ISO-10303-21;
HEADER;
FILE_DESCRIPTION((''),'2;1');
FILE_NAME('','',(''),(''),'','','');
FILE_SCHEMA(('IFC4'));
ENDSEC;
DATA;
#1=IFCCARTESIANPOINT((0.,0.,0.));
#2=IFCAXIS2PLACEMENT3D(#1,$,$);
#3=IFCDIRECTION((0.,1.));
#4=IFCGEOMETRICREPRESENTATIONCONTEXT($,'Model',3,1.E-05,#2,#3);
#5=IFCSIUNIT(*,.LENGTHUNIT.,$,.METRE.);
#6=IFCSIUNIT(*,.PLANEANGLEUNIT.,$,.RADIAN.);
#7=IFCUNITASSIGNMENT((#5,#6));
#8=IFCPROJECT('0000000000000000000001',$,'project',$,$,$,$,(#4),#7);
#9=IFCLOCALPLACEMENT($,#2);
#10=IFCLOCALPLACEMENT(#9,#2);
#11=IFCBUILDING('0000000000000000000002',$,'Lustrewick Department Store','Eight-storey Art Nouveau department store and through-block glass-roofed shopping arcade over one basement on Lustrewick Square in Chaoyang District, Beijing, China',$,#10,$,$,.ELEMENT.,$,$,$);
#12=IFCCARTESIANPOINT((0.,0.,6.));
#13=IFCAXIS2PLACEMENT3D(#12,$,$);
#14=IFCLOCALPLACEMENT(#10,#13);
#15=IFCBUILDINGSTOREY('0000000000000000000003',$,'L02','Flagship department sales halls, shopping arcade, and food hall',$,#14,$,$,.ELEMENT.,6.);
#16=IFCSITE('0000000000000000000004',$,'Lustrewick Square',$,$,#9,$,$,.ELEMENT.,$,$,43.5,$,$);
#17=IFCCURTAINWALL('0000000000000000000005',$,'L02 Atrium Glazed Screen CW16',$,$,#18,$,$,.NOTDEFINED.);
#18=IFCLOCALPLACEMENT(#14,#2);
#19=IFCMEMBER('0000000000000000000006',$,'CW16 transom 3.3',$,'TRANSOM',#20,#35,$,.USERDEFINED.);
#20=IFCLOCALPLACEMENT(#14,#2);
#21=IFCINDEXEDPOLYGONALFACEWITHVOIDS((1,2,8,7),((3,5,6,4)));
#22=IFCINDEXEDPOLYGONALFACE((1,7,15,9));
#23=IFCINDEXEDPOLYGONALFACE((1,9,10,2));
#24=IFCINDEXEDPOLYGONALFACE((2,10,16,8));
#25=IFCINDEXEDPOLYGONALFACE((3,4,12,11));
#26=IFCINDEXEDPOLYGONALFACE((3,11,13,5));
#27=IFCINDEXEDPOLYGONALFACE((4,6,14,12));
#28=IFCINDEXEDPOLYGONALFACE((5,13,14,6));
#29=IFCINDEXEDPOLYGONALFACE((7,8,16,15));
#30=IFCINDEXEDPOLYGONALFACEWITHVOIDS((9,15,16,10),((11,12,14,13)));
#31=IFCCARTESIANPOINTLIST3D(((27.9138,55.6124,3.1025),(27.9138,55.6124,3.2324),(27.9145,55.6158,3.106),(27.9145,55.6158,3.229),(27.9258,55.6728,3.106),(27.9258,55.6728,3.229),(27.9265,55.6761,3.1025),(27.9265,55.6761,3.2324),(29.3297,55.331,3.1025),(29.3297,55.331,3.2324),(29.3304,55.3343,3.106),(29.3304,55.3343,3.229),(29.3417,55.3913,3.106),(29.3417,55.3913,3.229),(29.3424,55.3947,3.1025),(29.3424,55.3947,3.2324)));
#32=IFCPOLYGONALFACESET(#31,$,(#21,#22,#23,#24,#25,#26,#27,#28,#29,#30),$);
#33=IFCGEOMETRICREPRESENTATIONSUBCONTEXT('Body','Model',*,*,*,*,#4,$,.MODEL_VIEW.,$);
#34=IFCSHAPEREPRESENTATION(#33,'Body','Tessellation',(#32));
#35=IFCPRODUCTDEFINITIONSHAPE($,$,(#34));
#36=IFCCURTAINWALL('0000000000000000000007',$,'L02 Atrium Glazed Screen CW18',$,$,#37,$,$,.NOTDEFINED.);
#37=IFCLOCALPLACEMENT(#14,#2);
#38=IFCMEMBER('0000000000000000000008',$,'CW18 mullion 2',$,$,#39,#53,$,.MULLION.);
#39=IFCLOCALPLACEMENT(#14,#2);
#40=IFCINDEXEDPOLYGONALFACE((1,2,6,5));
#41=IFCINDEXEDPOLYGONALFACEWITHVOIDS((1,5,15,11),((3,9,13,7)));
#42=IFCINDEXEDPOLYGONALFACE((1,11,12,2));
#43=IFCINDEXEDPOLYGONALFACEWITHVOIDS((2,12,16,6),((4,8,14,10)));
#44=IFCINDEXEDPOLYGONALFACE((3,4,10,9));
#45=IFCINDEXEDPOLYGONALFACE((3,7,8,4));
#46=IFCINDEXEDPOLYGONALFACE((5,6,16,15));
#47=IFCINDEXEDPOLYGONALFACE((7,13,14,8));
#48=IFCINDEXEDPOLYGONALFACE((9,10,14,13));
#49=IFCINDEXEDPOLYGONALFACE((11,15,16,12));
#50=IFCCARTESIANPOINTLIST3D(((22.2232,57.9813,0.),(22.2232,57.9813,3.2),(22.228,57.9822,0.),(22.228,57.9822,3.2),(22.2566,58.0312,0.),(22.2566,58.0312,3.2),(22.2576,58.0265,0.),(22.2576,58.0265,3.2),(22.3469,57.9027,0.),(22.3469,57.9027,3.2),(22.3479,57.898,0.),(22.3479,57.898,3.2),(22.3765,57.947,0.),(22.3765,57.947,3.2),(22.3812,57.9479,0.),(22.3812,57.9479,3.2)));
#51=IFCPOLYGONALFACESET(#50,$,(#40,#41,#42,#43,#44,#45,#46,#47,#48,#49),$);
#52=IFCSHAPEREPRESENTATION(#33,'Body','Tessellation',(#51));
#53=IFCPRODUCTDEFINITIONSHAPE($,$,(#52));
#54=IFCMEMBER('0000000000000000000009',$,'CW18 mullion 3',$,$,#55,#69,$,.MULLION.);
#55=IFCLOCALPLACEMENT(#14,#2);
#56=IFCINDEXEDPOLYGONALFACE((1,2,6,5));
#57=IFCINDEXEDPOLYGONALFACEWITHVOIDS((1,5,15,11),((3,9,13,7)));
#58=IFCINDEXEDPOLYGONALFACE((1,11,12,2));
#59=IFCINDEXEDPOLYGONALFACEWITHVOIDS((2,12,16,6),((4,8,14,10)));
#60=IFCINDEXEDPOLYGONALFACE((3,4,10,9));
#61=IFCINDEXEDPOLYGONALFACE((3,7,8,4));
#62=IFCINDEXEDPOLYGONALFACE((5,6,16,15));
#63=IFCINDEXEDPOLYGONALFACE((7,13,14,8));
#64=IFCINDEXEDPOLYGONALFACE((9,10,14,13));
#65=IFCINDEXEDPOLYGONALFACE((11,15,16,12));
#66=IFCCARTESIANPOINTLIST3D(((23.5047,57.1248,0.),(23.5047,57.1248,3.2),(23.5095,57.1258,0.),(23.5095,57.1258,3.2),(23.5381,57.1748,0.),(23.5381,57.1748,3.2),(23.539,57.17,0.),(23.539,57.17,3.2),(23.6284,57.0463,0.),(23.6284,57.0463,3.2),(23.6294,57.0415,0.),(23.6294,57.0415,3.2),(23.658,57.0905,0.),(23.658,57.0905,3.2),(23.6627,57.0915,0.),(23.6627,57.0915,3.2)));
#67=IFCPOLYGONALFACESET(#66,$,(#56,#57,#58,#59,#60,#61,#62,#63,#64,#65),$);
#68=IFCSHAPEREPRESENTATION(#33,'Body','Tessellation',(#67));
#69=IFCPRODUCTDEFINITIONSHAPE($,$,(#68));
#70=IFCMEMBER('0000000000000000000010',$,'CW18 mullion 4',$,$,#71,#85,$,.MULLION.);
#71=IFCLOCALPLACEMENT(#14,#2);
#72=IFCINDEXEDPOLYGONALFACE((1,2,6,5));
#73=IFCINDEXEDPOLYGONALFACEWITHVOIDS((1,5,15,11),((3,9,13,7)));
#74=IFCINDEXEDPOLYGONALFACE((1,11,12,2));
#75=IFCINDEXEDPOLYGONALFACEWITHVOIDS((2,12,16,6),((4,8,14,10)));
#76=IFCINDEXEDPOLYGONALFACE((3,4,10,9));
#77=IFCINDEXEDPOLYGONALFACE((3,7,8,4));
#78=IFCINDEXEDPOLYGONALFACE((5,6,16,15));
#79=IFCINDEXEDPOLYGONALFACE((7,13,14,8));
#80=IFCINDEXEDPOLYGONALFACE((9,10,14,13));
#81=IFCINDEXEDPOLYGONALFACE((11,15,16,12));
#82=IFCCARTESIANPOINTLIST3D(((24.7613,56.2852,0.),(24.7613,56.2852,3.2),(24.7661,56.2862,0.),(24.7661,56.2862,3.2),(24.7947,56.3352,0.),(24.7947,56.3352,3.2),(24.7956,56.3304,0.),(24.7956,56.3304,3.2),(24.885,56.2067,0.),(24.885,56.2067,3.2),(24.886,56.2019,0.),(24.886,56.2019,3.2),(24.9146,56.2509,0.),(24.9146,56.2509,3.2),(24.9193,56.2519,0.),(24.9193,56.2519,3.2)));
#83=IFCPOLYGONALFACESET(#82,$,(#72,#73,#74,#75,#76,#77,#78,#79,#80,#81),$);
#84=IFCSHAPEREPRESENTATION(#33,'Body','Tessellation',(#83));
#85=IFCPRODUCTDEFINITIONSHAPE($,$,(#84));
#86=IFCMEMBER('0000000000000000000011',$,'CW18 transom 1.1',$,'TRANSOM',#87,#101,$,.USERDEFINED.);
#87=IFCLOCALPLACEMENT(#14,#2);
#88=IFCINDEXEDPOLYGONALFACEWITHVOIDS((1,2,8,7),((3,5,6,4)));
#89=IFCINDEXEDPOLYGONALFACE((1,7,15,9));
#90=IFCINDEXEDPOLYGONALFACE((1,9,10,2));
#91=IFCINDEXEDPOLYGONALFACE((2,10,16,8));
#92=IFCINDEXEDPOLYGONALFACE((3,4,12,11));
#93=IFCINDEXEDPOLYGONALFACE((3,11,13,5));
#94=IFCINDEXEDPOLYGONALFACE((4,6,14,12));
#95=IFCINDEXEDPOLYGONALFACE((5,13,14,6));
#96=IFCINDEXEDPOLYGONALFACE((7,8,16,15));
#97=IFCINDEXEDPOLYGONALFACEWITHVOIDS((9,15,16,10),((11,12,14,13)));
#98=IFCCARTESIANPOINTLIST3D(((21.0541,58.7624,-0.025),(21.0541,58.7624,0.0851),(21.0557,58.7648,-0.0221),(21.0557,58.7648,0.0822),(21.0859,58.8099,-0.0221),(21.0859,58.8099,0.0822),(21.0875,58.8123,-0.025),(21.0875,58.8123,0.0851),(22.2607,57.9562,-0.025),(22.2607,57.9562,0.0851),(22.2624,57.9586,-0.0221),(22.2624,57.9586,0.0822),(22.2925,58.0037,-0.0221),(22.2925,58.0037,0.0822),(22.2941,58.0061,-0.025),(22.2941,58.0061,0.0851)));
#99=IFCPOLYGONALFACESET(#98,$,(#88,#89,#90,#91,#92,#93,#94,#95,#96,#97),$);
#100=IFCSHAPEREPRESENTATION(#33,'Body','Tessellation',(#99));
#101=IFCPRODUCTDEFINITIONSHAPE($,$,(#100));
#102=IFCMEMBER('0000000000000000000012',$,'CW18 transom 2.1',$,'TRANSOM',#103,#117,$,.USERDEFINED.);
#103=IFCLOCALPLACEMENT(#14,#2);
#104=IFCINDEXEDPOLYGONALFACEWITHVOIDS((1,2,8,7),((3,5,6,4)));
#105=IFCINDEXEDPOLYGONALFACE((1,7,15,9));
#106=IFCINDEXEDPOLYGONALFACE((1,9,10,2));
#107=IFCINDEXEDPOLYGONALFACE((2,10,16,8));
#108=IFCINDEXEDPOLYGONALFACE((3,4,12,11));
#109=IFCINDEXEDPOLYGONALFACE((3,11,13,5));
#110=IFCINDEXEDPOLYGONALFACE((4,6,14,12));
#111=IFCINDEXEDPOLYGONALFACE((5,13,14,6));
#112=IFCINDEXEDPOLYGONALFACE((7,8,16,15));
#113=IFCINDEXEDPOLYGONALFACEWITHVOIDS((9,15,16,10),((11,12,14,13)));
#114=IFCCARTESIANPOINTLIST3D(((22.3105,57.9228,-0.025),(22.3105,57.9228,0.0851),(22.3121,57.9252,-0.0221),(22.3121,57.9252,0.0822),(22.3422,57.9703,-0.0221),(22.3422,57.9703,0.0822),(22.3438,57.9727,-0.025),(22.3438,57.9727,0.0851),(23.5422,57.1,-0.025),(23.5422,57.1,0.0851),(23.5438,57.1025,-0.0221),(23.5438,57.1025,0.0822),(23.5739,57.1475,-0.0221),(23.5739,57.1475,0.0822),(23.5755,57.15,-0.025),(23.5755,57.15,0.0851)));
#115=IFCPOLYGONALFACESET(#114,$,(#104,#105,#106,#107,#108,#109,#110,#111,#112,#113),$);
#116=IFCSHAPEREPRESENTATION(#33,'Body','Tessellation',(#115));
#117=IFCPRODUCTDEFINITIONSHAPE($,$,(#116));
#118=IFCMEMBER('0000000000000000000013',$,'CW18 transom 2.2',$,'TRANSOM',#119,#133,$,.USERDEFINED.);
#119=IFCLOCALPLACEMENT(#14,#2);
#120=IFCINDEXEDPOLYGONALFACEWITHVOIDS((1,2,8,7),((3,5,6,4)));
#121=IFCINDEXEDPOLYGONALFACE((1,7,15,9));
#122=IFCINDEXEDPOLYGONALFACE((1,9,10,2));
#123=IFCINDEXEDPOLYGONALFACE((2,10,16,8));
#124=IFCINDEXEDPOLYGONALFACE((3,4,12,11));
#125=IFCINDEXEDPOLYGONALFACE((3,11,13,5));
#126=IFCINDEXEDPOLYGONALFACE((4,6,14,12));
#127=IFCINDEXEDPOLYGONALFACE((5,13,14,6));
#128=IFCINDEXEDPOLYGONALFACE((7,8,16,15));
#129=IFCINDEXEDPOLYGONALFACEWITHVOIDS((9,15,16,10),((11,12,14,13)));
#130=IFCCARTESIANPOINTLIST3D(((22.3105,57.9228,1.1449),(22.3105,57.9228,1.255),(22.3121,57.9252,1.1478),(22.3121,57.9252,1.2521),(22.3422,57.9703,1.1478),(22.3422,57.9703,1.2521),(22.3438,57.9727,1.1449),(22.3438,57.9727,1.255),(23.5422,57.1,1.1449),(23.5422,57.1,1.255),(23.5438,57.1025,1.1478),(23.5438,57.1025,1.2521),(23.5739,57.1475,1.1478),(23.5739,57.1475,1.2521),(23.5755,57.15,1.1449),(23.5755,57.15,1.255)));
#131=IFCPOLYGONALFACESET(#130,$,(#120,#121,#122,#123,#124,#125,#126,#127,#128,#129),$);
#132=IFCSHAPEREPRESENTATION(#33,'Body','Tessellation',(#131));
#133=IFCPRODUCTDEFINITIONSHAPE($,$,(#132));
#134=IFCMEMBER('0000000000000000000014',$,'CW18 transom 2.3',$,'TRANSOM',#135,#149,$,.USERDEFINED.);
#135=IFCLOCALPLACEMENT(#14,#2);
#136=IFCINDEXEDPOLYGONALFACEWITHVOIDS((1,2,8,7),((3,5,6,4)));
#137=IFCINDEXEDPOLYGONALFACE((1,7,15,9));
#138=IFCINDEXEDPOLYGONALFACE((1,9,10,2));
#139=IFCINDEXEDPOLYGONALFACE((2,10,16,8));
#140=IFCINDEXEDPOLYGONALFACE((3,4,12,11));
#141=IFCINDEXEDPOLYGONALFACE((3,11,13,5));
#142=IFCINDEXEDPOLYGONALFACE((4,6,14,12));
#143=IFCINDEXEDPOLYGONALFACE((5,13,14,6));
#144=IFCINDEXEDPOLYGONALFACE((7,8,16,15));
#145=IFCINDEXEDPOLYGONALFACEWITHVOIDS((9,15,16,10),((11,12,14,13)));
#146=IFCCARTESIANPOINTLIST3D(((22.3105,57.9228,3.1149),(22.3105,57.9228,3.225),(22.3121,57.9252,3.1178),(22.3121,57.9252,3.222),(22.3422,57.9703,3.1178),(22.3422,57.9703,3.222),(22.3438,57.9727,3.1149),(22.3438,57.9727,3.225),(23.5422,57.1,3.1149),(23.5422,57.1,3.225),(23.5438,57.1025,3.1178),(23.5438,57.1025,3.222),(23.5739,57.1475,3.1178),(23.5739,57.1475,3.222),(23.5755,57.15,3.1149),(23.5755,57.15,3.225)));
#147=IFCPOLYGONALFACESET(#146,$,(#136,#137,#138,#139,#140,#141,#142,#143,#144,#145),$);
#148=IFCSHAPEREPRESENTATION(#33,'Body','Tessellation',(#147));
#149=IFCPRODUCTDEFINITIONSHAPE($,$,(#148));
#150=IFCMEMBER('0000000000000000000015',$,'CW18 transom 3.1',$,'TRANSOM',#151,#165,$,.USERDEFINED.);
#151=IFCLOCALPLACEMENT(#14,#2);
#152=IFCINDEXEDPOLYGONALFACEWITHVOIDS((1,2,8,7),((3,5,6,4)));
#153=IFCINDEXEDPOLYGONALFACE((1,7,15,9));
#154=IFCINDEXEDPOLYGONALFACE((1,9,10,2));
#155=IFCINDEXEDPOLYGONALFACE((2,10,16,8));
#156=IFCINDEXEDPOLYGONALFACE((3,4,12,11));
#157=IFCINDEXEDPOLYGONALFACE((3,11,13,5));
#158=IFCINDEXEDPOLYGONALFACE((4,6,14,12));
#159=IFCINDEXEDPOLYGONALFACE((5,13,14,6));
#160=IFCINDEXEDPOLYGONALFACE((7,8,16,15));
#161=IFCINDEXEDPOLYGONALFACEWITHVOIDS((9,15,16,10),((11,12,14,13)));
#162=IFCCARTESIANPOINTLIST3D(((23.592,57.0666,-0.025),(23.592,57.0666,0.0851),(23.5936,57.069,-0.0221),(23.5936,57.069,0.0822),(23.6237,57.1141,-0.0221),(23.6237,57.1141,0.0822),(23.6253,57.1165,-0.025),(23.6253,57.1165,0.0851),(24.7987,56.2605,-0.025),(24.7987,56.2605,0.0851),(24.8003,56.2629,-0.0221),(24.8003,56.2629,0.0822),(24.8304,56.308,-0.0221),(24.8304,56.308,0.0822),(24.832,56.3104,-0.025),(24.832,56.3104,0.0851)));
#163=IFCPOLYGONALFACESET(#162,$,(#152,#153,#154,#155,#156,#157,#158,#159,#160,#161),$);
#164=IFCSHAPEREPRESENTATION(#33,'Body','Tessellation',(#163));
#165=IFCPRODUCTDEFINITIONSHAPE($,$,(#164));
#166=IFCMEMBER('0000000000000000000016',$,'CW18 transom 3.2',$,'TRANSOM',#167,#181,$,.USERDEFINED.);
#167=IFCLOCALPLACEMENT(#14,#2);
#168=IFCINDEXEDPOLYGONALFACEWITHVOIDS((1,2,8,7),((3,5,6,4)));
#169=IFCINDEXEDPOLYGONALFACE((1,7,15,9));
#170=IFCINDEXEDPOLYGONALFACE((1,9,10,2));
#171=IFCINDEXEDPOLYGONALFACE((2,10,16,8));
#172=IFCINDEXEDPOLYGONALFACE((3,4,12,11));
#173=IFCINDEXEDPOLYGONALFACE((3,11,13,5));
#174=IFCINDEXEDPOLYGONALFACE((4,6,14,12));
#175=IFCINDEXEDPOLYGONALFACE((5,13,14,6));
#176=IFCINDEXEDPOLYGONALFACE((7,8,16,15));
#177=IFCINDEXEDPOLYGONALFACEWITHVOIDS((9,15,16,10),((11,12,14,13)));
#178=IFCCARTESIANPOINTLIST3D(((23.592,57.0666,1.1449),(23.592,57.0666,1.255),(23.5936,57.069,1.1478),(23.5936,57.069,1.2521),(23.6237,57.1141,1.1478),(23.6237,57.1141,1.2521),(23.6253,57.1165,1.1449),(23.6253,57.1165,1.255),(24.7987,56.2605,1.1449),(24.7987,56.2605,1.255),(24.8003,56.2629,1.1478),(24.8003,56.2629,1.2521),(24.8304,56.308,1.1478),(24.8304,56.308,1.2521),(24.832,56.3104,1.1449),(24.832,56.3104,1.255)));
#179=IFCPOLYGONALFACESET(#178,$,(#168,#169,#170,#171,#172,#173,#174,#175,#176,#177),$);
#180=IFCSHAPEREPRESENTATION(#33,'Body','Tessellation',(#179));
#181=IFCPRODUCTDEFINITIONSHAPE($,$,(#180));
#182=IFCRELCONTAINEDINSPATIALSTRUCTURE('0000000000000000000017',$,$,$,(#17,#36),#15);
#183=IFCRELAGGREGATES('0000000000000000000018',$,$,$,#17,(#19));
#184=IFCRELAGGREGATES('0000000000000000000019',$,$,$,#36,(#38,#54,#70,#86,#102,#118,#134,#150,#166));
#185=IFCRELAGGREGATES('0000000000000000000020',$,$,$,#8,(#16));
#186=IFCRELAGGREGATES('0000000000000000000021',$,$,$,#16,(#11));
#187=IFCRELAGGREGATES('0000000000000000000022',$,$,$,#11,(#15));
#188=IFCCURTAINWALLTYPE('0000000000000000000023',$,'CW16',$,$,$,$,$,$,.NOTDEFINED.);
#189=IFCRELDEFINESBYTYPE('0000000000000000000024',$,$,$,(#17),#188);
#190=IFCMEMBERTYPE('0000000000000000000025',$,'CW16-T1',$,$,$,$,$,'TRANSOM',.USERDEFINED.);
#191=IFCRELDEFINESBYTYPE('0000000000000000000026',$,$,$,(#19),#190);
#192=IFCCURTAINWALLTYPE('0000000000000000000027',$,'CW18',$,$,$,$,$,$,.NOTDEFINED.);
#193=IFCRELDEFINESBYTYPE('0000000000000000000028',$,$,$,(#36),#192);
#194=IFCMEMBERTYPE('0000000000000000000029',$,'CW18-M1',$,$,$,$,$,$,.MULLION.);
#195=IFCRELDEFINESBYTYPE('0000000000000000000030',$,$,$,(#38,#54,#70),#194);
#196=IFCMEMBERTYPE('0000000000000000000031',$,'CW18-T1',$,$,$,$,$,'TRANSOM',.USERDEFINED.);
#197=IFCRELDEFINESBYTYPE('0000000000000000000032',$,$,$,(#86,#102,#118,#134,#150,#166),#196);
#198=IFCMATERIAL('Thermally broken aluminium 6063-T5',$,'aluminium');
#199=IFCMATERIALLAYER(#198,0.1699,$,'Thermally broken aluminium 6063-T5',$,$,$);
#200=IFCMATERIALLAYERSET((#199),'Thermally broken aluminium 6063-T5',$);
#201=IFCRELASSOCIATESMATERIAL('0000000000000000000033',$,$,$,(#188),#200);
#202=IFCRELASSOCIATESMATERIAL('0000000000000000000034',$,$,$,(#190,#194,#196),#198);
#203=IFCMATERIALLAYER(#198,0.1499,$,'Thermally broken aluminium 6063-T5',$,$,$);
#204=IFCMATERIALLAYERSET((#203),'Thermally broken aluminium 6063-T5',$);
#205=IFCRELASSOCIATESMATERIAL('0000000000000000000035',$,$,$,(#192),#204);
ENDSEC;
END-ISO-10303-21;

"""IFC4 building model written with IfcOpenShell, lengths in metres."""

from ifc_helpers import new_model, si_unit, direction, frame, origin, origin_2d, place, context, subcontext, project, spatial, hollow_rectangle, extrude, material, layer, layer_set, material_profile, profile_set, type_object, element, aggregate, save


model = new_model("IFC4")

# Units and contexts
model_context = context("Model", 3, precision=1e-05, world=origin(), true_north=direction((0.0, 1.0)))
body_context = subcontext(model_context, "Body", "Model", "MODEL_VIEW")
ifc_project = project(units=[si_unit("LENGTHUNIT", "METRE"), si_unit("PLANEANGLEUNIT", "RADIAN")], contexts=[model_context])

# Site, building, storey
site_placement = place(None, origin())
site = spatial("IfcSite", under=ifc_project, at=site_placement, Name="Lustrewick Square", CompositionType="ELEMENT", RefElevation=43.5)
building_placement = place(site_placement, origin())
building = spatial("IfcBuilding", under=site, at=building_placement, Name="Lustrewick Department Store", Description="Eight-storey Art Nouveau department store and through-block glass-roofed shopping arcade over one basement on Lustrewick Square in Chaoyang District, Beijing, China", CompositionType="ELEMENT")
storey_placement = place(building_placement, frame((0.0, 0.0, 6.0)))
storey = spatial("IfcBuildingStorey", under=building, at=storey_placement, Name="L02", Description="Flagship department sales halls, shopping arcade, and food hall", CompositionType="ELEMENT", Elevation=6.0)

# Curtain walls, members
ifc_material_1 = material(Name="Thermally broken aluminium 6063-T5", Category="aluminium")
ifc_layer_1 = layer(ifc_material_1, 0.1699, Name="Thermally broken aluminium 6063-T5")
ifc_layer_set_1 = layer_set([ifc_layer_1], Name="Thermally broken aluminium 6063-T5")
curtain_wall_type_1 = type_object("IfcCurtainWallType", Name="CW16", PredefinedType="NOTDEFINED", material=ifc_layer_set_1)
curtain_wall_1_placement = place(storey_placement, origin())
curtain_wall_1 = element("IfcCurtainWall", 1, at=curtain_wall_1_placement, inside=storey, type_object=curtain_wall_type_1, Name="L02 Atrium Glazed Screen CW16", PredefinedType="NOTDEFINED")
ifc_material_profile_1 = material_profile(ifc_material_1, hollow_rectangle(XDim=0.0649, YDim=0.1299, WallThickness=0.0034, at=origin_2d()), Name="ALU-T 65x130x3.5")
ifc_profile_set_1 = profile_set([ifc_material_profile_1], Name="Thermally broken aluminium 6063-T5")
member_type_1 = type_object("IfcMemberType", Name="CW16-T1", ElementType="TRANSOM", PredefinedType="USERDEFINED", material=ifc_profile_set_1)
member_1_placement = place(storey_placement, frame((27.9202, 55.6443, 3.1675), z_axis=(0.980808, -0.194978, 0.0), x_axis=(0.194978, 0.980808, 0.0)))
member_1 = element("IfcMember", 2, at=member_1_placement, type_object=member_type_1, Name="CW16 transom 3.3", ObjectType="TRANSOM", PredefinedType="USERDEFINED", context=body_context, shape_type="SweptSolid", body=[
    extrude(hollow_rectangle(XDim=0.0649, YDim=0.1299, WallThickness=0.0034, at=origin_2d()), origin(), (0.0, 0.0, 1.0), 1.4436),
])
ifc_layer_2 = layer(ifc_material_1, 0.1499, Name="Thermally broken aluminium 6063-T5")
ifc_layer_set_2 = layer_set([ifc_layer_2], Name="Thermally broken aluminium 6063-T5")
curtain_wall_type_2 = type_object("IfcCurtainWallType", Name="CW18", PredefinedType="NOTDEFINED", material=ifc_layer_set_2)
curtain_wall_2_placement = place(storey_placement, origin())
curtain_wall_2 = element("IfcCurtainWall", 3, at=curtain_wall_2_placement, inside=storey, type_object=curtain_wall_type_2, Name="L02 Atrium Glazed Screen CW18", PredefinedType="NOTDEFINED")
ifc_material_profile_2 = material_profile(ifc_material_1, hollow_rectangle(XDim=0.0601, YDim=0.1499, WallThickness=0.0034, at=origin_2d()), Name="ALU-M 60x150x3.5")
ifc_profile_set_2 = profile_set([ifc_material_profile_2], Name="Thermally broken aluminium 6063-T5")
member_type_2 = type_object("IfcMemberType", Name="CW18-M1", PredefinedType="MULLION", material=ifc_profile_set_2)
member_2_placement = place(storey_placement, frame((22.3022, 57.9646, 0.0), z_axis=(0.0, 0.0, 1.0), x_axis=(0.555578, 0.831464, 0.0)))
member_2 = element("IfcMember", 4, at=member_2_placement, type_object=member_type_2, Name="CW18 mullion 2", PredefinedType="MULLION", context=body_context, shape_type="SweptSolid", body=[
    extrude(hollow_rectangle(XDim=0.0601, YDim=0.1499, WallThickness=0.0034, at=origin_2d()), origin(), (0.0, 0.0, 1.0), 3.2),
])
member_3_placement = place(storey_placement, frame((23.5837, 57.1082, 0.0), z_axis=(0.0, 0.0, 1.0), x_axis=(0.555578, 0.831464, 0.0)))
member_3 = element("IfcMember", 5, at=member_3_placement, type_object=member_type_2, Name="CW18 mullion 3", PredefinedType="MULLION", context=body_context, shape_type="SweptSolid", body=[
    extrude(hollow_rectangle(XDim=0.0601, YDim=0.1499, WallThickness=0.0034, at=origin_2d()), origin(), (0.0, 0.0, 1.0), 3.2),
])
member_4_placement = place(storey_placement, frame((24.8403, 56.2686, 0.0), z_axis=(0.0, 0.0, 1.0), x_axis=(0.555578, 0.831464, 0.0)))
member_4 = element("IfcMember", 6, at=member_4_placement, type_object=member_type_2, Name="CW18 mullion 4", PredefinedType="MULLION", context=body_context, shape_type="SweptSolid", body=[
    extrude(hollow_rectangle(XDim=0.0601, YDim=0.1499, WallThickness=0.0034, at=origin_2d()), origin(), (0.0, 0.0, 1.0), 3.2),
])
ifc_material_profile_3 = material_profile(ifc_material_1, hollow_rectangle(XDim=0.0601, YDim=0.1101, WallThickness=0.0029, at=origin_2d()), Name="ALU-T 60x110x3")
ifc_profile_set_3 = profile_set([ifc_material_profile_3], Name="Thermally broken aluminium 6063-T5")
member_type_3 = type_object("IfcMemberType", Name="CW18-T1", ElementType="TRANSOM", PredefinedType="USERDEFINED", material=ifc_profile_set_3)
member_5_placement = place(storey_placement, frame((21.0708, 58.7874, 0.03), z_axis=(0.83148, -0.555554, 0.0), x_axis=(0.555554, 0.83148, 0.0)))
member_5 = element("IfcMember", 7, at=member_5_placement, type_object=member_type_3, Name="CW18 transom 1.1", ObjectType="TRANSOM", PredefinedType="USERDEFINED", context=body_context, shape_type="SweptSolid", body=[
    extrude(hollow_rectangle(XDim=0.0601, YDim=0.1101, WallThickness=0.0029, at=origin_2d()), origin(), (0.0, 0.0, 1.0), 1.4512),
])
member_6_placement = place(storey_placement, frame((22.3271, 57.9478, 0.03), z_axis=(0.831543, -0.555461, 0.0), x_axis=(0.555461, 0.831543, 0.0)))
member_6 = element("IfcMember", 8, at=member_6_placement, type_object=member_type_3, Name="CW18 transom 2.1", ObjectType="TRANSOM", PredefinedType="USERDEFINED", context=body_context, shape_type="SweptSolid", body=[
    extrude(hollow_rectangle(XDim=0.0601, YDim=0.1101, WallThickness=0.0029, at=origin_2d()), origin(), (0.0, 0.0, 1.0), 1.4812),
])
member_7_placement = place(storey_placement, frame((22.3271, 57.9478, 1.2), z_axis=(0.831543, -0.555461, 0.0), x_axis=(0.555461, 0.831543, 0.0)))
member_7 = element("IfcMember", 9, at=member_7_placement, type_object=member_type_3, Name="CW18 transom 2.2", ObjectType="TRANSOM", PredefinedType="USERDEFINED", context=body_context, shape_type="SweptSolid", body=[
    extrude(hollow_rectangle(XDim=0.0601, YDim=0.1101, WallThickness=0.0029, at=origin_2d()), origin(), (0.0, 0.0, 1.0), 1.4812),
])
member_8_placement = place(storey_placement, frame((22.3271, 57.9478, 3.1699), z_axis=(0.831543, -0.555461, 0.0), x_axis=(0.555461, 0.831543, 0.0)))
member_8 = element("IfcMember", 10, at=member_8_placement, type_object=member_type_3, Name="CW18 transom 2.3", ObjectType="TRANSOM", PredefinedType="USERDEFINED", context=body_context, shape_type="SweptSolid", body=[
    extrude(hollow_rectangle(XDim=0.0601, YDim=0.1101, WallThickness=0.0029, at=origin_2d()), origin(), (0.0, 0.0, 1.0), 1.4812),
])
member_9_placement = place(storey_placement, frame((23.6086, 57.0916, 0.03), z_axis=(0.831532, -0.555476, 0.0), x_axis=(0.555476, 0.831532, 0.0)))
member_9 = element("IfcMember", 11, at=member_9_placement, type_object=member_type_3, Name="CW18 transom 3.1", ObjectType="TRANSOM", PredefinedType="USERDEFINED", context=body_context, shape_type="SweptSolid", body=[
    extrude(hollow_rectangle(XDim=0.0601, YDim=0.1101, WallThickness=0.0029, at=origin_2d()), origin(), (0.0, 0.0, 1.0), 1.4512),
])
member_10_placement = place(storey_placement, frame((23.6086, 57.0916, 1.2), z_axis=(0.831532, -0.555476, 0.0), x_axis=(0.555476, 0.831532, 0.0)))
member_10 = element("IfcMember", 12, at=member_10_placement, type_object=member_type_3, Name="CW18 transom 3.2", ObjectType="TRANSOM", PredefinedType="USERDEFINED", context=body_context, shape_type="SweptSolid", body=[
    extrude(hollow_rectangle(XDim=0.0601, YDim=0.1101, WallThickness=0.0029, at=origin_2d()), origin(), (0.0, 0.0, 1.0), 1.4512),
])

aggregate(curtain_wall_1, [member_1])
aggregate(curtain_wall_2, [member_2, member_3, member_4, member_5, member_6, member_7, member_8, member_9, member_10])

save(model, "model.ifc")
